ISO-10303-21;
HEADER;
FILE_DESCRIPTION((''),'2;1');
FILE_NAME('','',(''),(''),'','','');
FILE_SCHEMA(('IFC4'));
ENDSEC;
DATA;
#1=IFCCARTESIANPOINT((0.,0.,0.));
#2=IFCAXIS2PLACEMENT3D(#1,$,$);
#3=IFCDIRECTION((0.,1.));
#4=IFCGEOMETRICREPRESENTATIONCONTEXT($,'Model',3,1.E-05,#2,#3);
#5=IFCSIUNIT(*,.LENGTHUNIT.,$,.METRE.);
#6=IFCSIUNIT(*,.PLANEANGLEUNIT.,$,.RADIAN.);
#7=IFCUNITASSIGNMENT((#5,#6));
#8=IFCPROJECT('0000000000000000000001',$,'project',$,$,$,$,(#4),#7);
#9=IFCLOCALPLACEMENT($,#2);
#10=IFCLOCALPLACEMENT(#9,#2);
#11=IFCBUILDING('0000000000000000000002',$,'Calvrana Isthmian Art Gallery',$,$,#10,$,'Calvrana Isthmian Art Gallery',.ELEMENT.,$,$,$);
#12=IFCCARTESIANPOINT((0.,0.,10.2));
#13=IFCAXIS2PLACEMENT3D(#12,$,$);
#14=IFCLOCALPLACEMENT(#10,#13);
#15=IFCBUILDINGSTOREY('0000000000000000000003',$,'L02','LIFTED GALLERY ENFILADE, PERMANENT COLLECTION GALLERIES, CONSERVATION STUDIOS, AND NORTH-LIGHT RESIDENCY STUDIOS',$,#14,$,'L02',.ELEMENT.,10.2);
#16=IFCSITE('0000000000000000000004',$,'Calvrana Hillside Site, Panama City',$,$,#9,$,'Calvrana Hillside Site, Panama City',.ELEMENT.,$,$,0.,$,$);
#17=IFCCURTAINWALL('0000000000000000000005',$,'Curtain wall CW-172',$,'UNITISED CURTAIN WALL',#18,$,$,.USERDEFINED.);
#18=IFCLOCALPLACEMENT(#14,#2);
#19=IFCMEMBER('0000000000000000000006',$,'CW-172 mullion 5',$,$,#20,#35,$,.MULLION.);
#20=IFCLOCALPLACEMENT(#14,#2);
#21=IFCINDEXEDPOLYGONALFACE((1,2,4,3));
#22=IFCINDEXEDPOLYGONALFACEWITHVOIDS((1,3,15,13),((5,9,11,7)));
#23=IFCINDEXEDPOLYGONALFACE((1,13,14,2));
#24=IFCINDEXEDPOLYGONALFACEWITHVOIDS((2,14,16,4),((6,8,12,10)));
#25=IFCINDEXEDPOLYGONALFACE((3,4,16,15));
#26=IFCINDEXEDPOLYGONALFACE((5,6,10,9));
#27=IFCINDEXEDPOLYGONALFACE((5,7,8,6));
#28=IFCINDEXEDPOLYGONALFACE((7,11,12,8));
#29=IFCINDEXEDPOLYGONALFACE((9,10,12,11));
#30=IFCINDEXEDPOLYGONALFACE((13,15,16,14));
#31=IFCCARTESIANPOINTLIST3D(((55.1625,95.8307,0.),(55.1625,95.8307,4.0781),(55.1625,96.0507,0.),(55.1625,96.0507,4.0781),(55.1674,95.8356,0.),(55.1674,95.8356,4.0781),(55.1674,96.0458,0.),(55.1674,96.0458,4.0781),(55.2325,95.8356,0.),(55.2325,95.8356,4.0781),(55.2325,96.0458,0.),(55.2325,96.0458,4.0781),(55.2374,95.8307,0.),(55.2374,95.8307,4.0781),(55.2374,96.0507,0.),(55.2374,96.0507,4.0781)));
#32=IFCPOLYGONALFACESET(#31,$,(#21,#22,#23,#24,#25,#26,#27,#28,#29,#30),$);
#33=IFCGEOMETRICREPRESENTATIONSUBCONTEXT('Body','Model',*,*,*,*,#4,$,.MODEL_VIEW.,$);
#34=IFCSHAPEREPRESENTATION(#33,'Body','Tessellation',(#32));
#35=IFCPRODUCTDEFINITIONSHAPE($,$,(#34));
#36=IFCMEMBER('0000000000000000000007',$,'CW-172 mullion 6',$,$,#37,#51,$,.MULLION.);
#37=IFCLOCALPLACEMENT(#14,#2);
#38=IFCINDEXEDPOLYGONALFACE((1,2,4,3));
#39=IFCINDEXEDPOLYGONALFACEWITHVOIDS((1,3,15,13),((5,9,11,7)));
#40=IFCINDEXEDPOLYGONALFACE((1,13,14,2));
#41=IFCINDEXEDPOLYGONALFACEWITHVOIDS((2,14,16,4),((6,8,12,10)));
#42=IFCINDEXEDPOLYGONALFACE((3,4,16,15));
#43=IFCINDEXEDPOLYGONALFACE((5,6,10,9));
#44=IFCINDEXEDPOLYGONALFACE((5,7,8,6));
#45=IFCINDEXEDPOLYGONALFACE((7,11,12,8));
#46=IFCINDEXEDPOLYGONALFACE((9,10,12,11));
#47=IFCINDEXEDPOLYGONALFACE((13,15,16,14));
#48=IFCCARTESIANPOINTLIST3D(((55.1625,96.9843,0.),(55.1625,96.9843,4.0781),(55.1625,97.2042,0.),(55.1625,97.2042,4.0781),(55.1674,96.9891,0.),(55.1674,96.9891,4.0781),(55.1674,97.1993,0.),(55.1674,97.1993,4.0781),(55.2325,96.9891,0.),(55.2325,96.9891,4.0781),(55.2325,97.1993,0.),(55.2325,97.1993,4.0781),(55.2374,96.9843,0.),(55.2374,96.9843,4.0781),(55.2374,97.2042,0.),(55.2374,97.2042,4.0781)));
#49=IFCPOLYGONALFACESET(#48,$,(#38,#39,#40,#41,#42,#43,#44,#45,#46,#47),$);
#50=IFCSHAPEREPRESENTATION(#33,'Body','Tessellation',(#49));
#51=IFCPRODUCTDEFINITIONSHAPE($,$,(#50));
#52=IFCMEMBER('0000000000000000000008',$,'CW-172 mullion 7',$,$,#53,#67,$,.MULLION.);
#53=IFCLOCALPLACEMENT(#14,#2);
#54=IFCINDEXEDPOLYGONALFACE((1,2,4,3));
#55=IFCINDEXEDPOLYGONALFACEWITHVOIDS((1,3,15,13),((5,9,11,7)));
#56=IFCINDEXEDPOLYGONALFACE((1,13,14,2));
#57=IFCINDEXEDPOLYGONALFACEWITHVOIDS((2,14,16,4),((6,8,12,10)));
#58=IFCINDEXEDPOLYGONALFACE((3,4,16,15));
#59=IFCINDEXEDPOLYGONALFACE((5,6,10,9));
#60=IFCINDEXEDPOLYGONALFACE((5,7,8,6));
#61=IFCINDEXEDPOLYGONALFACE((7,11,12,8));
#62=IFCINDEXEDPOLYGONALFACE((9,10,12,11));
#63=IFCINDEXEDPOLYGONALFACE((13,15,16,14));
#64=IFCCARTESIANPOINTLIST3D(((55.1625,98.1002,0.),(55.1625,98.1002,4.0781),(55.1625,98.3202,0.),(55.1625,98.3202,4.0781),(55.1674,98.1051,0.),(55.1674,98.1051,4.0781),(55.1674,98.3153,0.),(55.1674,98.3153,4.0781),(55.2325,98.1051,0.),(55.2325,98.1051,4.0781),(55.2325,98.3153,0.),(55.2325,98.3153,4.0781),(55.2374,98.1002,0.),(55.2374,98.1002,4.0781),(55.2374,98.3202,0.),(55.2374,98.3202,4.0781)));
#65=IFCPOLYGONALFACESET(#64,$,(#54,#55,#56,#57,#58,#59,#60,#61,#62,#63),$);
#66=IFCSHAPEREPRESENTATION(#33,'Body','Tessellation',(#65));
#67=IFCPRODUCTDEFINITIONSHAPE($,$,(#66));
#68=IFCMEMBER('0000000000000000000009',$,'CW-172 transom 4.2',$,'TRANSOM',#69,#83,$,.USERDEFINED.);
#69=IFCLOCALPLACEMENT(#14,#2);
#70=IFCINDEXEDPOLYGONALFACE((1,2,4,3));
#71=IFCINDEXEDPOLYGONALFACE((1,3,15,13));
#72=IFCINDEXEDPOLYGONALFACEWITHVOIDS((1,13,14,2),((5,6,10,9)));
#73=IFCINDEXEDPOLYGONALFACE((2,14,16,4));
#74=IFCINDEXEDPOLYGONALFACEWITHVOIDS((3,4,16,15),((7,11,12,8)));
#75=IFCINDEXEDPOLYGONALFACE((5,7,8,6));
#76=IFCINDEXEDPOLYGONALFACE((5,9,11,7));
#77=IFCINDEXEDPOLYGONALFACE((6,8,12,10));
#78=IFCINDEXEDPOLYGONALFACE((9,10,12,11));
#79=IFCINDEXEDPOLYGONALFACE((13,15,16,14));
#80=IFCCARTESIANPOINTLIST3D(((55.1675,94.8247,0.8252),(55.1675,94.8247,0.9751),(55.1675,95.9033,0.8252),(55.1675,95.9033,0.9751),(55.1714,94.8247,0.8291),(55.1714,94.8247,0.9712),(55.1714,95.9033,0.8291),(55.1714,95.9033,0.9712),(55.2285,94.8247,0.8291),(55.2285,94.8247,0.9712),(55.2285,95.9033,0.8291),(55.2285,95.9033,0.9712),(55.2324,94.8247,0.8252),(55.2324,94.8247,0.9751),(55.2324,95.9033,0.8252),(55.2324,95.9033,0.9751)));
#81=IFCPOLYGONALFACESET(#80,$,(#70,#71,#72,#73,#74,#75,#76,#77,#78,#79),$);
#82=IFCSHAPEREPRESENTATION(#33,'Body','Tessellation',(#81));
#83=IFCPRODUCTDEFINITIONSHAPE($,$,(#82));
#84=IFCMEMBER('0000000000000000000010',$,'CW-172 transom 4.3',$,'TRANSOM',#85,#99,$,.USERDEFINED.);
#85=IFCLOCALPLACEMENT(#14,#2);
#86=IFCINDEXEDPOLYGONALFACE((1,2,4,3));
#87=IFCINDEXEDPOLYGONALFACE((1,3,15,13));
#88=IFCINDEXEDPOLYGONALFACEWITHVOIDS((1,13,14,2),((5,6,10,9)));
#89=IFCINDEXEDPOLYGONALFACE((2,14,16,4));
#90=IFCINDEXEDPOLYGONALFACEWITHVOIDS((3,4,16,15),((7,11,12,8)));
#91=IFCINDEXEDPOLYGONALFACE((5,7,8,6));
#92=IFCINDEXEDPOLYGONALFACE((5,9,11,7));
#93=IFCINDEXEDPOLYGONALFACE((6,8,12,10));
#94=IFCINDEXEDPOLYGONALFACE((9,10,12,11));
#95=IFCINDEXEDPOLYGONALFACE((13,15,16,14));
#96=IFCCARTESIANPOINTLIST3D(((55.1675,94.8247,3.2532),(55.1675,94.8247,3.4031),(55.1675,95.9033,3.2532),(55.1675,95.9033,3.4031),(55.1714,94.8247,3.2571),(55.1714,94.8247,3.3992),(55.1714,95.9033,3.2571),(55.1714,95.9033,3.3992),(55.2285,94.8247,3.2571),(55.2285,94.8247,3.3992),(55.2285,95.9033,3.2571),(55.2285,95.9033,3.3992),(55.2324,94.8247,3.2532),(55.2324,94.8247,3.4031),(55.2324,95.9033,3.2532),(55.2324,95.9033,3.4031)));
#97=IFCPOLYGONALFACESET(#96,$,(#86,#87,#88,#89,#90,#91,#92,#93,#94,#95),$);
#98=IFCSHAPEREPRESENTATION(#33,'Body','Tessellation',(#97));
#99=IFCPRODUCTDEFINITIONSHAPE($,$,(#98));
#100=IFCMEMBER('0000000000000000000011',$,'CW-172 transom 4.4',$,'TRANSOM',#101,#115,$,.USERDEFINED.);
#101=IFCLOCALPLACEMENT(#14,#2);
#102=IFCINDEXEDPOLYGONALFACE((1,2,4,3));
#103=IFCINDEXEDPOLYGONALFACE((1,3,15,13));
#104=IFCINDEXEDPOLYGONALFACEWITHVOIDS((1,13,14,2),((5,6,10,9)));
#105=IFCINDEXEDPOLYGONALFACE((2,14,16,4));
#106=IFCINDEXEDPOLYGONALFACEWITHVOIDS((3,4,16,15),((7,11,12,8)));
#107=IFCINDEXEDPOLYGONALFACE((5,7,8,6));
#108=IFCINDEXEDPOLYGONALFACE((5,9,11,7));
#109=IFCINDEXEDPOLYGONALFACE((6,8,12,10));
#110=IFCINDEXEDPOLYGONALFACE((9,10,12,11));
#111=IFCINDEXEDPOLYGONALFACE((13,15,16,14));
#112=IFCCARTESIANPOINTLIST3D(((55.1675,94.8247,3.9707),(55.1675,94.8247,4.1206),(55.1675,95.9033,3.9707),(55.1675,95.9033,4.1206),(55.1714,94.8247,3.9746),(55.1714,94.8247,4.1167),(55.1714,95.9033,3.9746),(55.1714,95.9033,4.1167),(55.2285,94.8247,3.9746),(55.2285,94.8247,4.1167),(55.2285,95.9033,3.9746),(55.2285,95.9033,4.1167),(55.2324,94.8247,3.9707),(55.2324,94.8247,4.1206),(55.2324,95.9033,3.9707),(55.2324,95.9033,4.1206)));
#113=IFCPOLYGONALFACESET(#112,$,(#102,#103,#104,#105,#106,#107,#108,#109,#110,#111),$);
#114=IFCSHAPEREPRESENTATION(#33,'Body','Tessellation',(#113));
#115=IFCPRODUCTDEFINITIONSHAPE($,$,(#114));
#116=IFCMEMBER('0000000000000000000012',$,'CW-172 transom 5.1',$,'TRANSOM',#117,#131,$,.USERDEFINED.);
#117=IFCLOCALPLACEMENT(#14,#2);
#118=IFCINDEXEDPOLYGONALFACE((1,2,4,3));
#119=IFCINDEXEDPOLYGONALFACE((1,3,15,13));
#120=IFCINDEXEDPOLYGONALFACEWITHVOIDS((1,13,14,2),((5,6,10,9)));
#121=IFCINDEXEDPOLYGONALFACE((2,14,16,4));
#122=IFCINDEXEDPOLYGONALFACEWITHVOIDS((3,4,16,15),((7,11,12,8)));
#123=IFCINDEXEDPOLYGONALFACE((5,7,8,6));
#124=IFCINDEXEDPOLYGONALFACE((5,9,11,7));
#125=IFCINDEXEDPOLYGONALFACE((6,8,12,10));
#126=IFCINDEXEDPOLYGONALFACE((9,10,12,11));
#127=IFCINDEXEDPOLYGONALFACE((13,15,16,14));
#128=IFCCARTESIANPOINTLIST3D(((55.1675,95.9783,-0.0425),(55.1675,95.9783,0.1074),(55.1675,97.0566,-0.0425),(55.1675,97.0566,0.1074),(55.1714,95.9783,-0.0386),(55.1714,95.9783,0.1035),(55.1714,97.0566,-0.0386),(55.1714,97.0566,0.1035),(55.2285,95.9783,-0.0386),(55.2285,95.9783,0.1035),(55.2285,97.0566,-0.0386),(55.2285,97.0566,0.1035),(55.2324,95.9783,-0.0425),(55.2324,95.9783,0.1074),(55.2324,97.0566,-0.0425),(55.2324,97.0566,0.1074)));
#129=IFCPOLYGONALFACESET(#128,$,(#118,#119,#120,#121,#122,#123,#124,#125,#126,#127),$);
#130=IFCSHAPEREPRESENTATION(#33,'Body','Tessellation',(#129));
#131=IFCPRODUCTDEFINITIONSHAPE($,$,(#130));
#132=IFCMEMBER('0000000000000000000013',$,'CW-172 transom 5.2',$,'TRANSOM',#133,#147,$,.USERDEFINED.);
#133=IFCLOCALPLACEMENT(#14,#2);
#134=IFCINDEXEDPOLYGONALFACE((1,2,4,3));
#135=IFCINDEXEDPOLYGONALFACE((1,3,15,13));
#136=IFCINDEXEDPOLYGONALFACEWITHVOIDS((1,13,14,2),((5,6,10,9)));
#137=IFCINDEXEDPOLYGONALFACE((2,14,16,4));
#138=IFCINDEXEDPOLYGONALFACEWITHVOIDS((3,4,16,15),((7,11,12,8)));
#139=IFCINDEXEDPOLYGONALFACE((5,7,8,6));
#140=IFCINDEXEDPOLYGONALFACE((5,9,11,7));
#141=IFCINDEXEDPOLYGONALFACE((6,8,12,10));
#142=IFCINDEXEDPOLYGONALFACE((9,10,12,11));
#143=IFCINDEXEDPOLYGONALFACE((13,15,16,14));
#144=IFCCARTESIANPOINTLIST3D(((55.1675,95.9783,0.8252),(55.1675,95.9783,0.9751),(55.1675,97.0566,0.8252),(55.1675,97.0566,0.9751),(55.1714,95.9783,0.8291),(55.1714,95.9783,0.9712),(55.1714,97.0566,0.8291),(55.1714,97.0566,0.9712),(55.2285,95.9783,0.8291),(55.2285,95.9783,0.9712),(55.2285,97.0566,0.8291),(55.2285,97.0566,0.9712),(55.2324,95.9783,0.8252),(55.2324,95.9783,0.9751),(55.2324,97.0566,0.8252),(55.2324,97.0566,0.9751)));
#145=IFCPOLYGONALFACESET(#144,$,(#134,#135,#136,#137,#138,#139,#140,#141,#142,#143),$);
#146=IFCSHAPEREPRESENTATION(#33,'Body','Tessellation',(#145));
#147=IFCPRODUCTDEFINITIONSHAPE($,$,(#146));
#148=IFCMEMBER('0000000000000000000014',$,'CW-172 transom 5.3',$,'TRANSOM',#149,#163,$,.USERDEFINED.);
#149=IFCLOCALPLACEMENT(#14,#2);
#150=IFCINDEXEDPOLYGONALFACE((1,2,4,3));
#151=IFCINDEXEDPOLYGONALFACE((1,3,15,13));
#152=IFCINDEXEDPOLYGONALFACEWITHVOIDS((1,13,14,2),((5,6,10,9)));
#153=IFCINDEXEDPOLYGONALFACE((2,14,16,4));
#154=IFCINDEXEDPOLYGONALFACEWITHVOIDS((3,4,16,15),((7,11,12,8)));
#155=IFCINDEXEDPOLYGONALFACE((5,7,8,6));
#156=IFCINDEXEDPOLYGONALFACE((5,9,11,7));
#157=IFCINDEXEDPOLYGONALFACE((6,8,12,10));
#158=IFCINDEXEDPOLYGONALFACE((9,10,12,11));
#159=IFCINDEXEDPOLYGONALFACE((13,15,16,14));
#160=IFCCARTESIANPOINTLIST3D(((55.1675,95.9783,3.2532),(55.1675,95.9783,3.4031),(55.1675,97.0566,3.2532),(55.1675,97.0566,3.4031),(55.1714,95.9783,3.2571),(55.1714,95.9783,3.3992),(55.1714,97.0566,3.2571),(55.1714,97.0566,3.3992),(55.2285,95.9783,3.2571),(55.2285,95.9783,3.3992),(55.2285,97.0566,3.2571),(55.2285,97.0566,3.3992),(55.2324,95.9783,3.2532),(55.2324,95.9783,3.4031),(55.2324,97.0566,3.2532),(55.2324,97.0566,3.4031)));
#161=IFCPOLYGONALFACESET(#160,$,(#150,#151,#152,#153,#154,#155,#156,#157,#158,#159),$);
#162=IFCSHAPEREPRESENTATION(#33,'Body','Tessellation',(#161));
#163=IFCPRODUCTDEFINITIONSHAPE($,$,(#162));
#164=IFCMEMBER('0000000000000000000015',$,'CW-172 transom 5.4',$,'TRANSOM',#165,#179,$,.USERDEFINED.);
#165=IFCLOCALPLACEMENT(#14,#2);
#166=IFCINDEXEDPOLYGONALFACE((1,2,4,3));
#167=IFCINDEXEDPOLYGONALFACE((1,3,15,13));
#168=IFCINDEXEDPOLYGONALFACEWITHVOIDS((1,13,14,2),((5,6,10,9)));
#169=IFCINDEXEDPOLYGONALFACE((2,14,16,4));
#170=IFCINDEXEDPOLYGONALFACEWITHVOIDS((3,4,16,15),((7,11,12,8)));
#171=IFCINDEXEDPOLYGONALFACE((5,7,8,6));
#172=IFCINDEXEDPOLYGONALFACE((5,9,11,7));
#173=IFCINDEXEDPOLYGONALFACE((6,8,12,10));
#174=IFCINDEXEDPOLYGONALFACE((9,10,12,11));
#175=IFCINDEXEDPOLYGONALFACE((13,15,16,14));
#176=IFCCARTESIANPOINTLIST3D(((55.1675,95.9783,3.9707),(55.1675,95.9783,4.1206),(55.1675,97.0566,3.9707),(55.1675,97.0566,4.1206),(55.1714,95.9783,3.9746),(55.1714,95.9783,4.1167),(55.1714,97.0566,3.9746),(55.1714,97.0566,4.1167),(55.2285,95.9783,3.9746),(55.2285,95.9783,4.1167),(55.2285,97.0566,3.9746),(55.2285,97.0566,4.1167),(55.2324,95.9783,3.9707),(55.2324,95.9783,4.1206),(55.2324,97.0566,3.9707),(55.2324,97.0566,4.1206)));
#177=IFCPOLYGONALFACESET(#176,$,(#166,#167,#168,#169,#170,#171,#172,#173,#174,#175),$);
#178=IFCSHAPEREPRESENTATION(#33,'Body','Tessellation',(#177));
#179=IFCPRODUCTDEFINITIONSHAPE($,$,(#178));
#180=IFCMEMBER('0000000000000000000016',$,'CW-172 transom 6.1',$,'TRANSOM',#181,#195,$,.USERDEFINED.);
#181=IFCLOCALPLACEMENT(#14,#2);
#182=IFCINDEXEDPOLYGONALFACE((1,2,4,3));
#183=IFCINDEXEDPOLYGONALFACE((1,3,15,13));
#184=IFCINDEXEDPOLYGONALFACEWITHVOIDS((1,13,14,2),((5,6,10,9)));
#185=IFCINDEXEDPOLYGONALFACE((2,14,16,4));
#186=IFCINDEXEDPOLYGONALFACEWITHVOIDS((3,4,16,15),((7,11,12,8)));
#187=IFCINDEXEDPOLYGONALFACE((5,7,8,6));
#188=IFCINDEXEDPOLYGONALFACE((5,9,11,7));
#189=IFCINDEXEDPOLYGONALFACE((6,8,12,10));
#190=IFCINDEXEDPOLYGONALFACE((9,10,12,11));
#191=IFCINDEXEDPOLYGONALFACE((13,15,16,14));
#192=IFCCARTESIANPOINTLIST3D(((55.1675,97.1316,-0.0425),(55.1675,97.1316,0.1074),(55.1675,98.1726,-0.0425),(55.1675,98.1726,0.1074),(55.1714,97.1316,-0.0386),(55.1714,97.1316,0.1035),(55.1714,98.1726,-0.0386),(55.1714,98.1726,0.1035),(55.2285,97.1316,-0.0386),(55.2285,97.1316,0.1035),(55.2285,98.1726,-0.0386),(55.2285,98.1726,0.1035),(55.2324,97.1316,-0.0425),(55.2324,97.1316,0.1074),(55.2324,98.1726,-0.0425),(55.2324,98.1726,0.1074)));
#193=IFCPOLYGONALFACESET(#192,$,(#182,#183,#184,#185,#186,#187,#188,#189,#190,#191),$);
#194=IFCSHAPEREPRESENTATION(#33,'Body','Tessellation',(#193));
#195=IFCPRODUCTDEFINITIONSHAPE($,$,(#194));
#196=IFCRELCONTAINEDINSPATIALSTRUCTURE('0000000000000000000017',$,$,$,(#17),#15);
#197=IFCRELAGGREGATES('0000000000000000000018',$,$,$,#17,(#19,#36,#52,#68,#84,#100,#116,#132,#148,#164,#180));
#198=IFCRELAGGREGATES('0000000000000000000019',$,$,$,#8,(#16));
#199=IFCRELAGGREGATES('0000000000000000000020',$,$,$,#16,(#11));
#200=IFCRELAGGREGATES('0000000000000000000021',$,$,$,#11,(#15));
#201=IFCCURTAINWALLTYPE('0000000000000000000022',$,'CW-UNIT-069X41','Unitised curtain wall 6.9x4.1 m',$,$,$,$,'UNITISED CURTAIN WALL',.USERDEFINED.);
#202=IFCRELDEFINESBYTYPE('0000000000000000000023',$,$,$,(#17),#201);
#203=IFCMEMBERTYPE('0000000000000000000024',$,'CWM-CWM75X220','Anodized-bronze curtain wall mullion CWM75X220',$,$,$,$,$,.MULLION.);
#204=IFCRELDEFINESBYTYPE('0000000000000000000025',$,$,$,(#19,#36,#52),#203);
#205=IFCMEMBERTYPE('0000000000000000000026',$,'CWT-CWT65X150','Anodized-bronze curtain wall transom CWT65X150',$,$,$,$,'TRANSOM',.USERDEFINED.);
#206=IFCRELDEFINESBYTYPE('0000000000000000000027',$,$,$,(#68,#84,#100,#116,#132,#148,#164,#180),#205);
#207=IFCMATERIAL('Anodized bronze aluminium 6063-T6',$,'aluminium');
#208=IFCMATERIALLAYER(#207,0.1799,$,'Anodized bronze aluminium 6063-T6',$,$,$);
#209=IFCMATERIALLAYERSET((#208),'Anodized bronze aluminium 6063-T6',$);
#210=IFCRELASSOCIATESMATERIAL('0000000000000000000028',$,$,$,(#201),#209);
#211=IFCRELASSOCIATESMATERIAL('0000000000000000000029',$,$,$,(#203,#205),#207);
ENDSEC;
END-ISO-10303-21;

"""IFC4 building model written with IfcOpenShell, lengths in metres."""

from ifc_helpers import new_model, si_unit, direction, frame, origin, origin_2d, place, context, subcontext, project, spatial, hollow_rectangle, extrude, material, layer, layer_set, material_profile, profile_set, type_object, element, aggregate, save


model = new_model("IFC4")

# Units and contexts
model_context = context("Model", 3, precision=1e-05, world=origin(), true_north=direction((0.0, 1.0)))
body_context = subcontext(model_context, "Body", "Model", "MODEL_VIEW")
ifc_project = project(units=[si_unit("LENGTHUNIT", "METRE"), si_unit("PLANEANGLEUNIT", "RADIAN")], contexts=[model_context])

# Site, building, storey
site_placement = place(None, origin())
site = spatial("IfcSite", under=ifc_project, at=site_placement, Name="Calvrana Hillside Site, Panama City", LongName="Calvrana Hillside Site, Panama City", CompositionType="ELEMENT", RefElevation=0.0)
building_placement = place(site_placement, origin())
building = spatial("IfcBuilding", under=site, at=building_placement, Name="Calvrana Isthmian Art Gallery", LongName="Calvrana Isthmian Art Gallery", CompositionType="ELEMENT")
storey_placement = place(building_placement, frame((0.0, 0.0, 10.2)))
storey = spatial("IfcBuildingStorey", under=building, at=storey_placement, Name="L02", Description="LIFTED GALLERY ENFILADE, PERMANENT COLLECTION GALLERIES, CONSERVATION STUDIOS, AND NORTH-LIGHT RESIDENCY STUDIOS", LongName="L02", CompositionType="ELEMENT", Elevation=10.2)

# Curtain wall, members
ifc_material_1 = material(Name="Anodized bronze aluminium 6063-T6", Category="aluminium")
ifc_layer_1 = layer(ifc_material_1, 0.1799, Name="Anodized bronze aluminium 6063-T6")
ifc_layer_set_1 = layer_set([ifc_layer_1], Name="Anodized bronze aluminium 6063-T6")
curtain_wall_type = type_object("IfcCurtainWallType", Name="CW-UNIT-069X41", Description="Unitised curtain wall 6.9x4.1 m", ElementType="UNITISED CURTAIN WALL", PredefinedType="USERDEFINED", material=ifc_layer_set_1)
curtain_wall_placement = place(storey_placement, origin())
curtain_wall = element("IfcCurtainWall", 1, at=curtain_wall_placement, inside=storey, type_object=curtain_wall_type, Name="Curtain wall CW-172", ObjectType="UNITISED CURTAIN WALL", PredefinedType="USERDEFINED")
ifc_material_profile_1 = material_profile(ifc_material_1, hollow_rectangle(XDim=0.075, YDim=0.22, WallThickness=0.0049, at=origin_2d()), Name="CWM75X220")
ifc_profile_set_1 = profile_set([ifc_material_profile_1], Name="Anodized bronze aluminium 6063-T6")
member_type_1 = type_object("IfcMemberType", Name="CWM-CWM75X220", Description="Anodized-bronze curtain wall mullion CWM75X220", PredefinedType="MULLION", material=ifc_profile_set_1)
member_1_placement = place(storey_placement, frame((55.2, 95.9407, 0.0), z_axis=(0.0, 0.0, 1.0), x_axis=(-1.0, 0.0, 0.0)))
member_1 = element("IfcMember", 2, at=member_1_placement, type_object=member_type_1, Name="CW-172 mullion 5", PredefinedType="MULLION", context=body_context, shape_type="SweptSolid", body=[
    extrude(hollow_rectangle(XDim=0.075, YDim=0.22, WallThickness=0.0049, at=origin_2d()), origin(), (0.0, 0.0, 1.0), 4.0781),
])
member_2_placement = place(storey_placement, frame((55.2, 97.0942, 0.0), z_axis=(0.0, 0.0, 1.0), x_axis=(-1.0, 0.0, 0.0)))
member_2 = element("IfcMember", 3, at=member_2_placement, type_object=member_type_1, Name="CW-172 mullion 6", PredefinedType="MULLION", context=body_context, shape_type="SweptSolid", body=[
    extrude(hollow_rectangle(XDim=0.075, YDim=0.22, WallThickness=0.0049, at=origin_2d()), origin(), (0.0, 0.0, 1.0), 4.0781),
])
member_3_placement = place(storey_placement, frame((55.2, 98.2102, 0.0), z_axis=(0.0, 0.0, 1.0), x_axis=(-1.0, 0.0, 0.0)))
member_3 = element("IfcMember", 4, at=member_3_placement, type_object=member_type_1, Name="CW-172 mullion 7", PredefinedType="MULLION", context=body_context, shape_type="SweptSolid", body=[
    extrude(hollow_rectangle(XDim=0.075, YDim=0.22, WallThickness=0.0049, at=origin_2d()), origin(), (0.0, 0.0, 1.0), 4.0781),
])
ifc_material_profile_2 = material_profile(ifc_material_1, hollow_rectangle(XDim=0.0649, YDim=0.1499, WallThickness=0.0039, at=origin_2d()), Name="CWT65X150")
ifc_profile_set_2 = profile_set([ifc_material_profile_2], Name="Anodized bronze aluminium 6063-T6")
member_type_2 = type_object("IfcMemberType", Name="CWT-CWT65X150", Description="Anodized-bronze curtain wall transom CWT65X150", ElementType="TRANSOM", PredefinedType="USERDEFINED", material=ifc_profile_set_2)
member_4_placement = place(storey_placement, frame((55.2, 94.8247, 0.9001), z_axis=(0.0, 1.0, 0.0), x_axis=(-1.0, 0.0, 0.0)))
member_4 = element("IfcMember", 5, at=member_4_placement, type_object=member_type_2, Name="CW-172 transom 4.2", ObjectType="TRANSOM", PredefinedType="USERDEFINED", context=body_context, shape_type="SweptSolid", body=[
    extrude(hollow_rectangle(XDim=0.0649, YDim=0.1499, WallThickness=0.0039, at=origin_2d()), origin(), (0.0, 0.0, 1.0), 1.0786),
])
member_5_placement = place(storey_placement, frame((55.2, 94.8247, 3.3281), z_axis=(0.0, 1.0, 0.0), x_axis=(-1.0, 0.0, 0.0)))
member_5 = element("IfcMember", 6, at=member_5_placement, type_object=member_type_2, Name="CW-172 transom 4.3", ObjectType="TRANSOM", PredefinedType="USERDEFINED", context=body_context, shape_type="SweptSolid", body=[
    extrude(hollow_rectangle(XDim=0.0649, YDim=0.1499, WallThickness=0.0039, at=origin_2d()), origin(), (0.0, 0.0, 1.0), 1.0786),
])
member_6_placement = place(storey_placement, frame((55.2, 94.8247, 4.0457), z_axis=(0.0, 1.0, 0.0), x_axis=(-1.0, 0.0, 0.0)))
member_6 = element("IfcMember", 7, at=member_6_placement, type_object=member_type_2, Name="CW-172 transom 4.4", ObjectType="TRANSOM", PredefinedType="USERDEFINED", context=body_context, shape_type="SweptSolid", body=[
    extrude(hollow_rectangle(XDim=0.0649, YDim=0.1499, WallThickness=0.0039, at=origin_2d()), origin(), (0.0, 0.0, 1.0), 1.0786),
])
member_7_placement = place(storey_placement, frame((55.2, 95.9783, 0.0325), z_axis=(0.0, 1.0, 0.0), x_axis=(-1.0, 0.0, 0.0)))
member_7 = element("IfcMember", 8, at=member_7_placement, type_object=member_type_2, Name="CW-172 transom 5.1", ObjectType="TRANSOM", PredefinedType="USERDEFINED", context=body_context, shape_type="SweptSolid", body=[
    extrude(hollow_rectangle(XDim=0.0649, YDim=0.1499, WallThickness=0.0039, at=origin_2d()), origin(), (0.0, 0.0, 1.0), 1.0784),
])
member_8_placement = place(storey_placement, frame((55.2, 95.9783, 0.9001), z_axis=(0.0, 1.0, 0.0), x_axis=(-1.0, 0.0, 0.0)))
member_8 = element("IfcMember", 9, at=member_8_placement, type_object=member_type_2, Name="CW-172 transom 5.2", ObjectType="TRANSOM", PredefinedType="USERDEFINED", context=body_context, shape_type="SweptSolid", body=[
    extrude(hollow_rectangle(XDim=0.0649, YDim=0.1499, WallThickness=0.0039, at=origin_2d()), origin(), (0.0, 0.0, 1.0), 1.0784),
])
member_9_placement = place(storey_placement, frame((55.2, 95.9783, 3.3281), z_axis=(0.0, 1.0, 0.0), x_axis=(-1.0, 0.0, 0.0)))
member_9 = element("IfcMember", 10, at=member_9_placement, type_object=member_type_2, Name="CW-172 transom 5.3", ObjectType="TRANSOM", PredefinedType="USERDEFINED", context=body_context, shape_type="SweptSolid", body=[
    extrude(hollow_rectangle(XDim=0.0649, YDim=0.1499, WallThickness=0.0039, at=origin_2d()), origin(), (0.0, 0.0, 1.0), 1.0784),
])
member_10_placement = place(storey_placement, frame((55.2, 95.9783, 4.0457), z_axis=(0.0, 1.0, 0.0), x_axis=(-1.0, 0.0, 0.0)))
member_10 = element("IfcMember", 11, at=member_10_placement, type_object=member_type_2, Name="CW-172 transom 5.4", ObjectType="TRANSOM", PredefinedType="USERDEFINED", context=body_context, shape_type="SweptSolid", body=[
    extrude(hollow_rectangle(XDim=0.0649, YDim=0.1499, WallThickness=0.0039, at=origin_2d()), origin(), (0.0, 0.0, 1.0), 1.0784),
])
member_11_placement = place(storey_placement, frame((55.2, 97.1316, 0.0325), z_axis=(0.0, 1.0, 0.0), x_axis=(-1.0, 0.0, 0.0)))
member_11 = element("IfcMember", 12, at=member_11_placement, type_object=member_type_2, Name="CW-172 transom 6.1", ObjectType="TRANSOM", PredefinedType="USERDEFINED", context=body_context, shape_type="SweptSolid", body=[
    extrude(hollow_rectangle(XDim=0.0649, YDim=0.1499, WallThickness=0.0039, at=origin_2d()), origin(), (0.0, 0.0, 1.0), 1.041),
])
aggregate(curtain_wall, [member_1, member_2, member_3, member_4, member_5, member_6, member_7, member_8, member_9, member_10, member_11])

save(model, "model.ifc")
